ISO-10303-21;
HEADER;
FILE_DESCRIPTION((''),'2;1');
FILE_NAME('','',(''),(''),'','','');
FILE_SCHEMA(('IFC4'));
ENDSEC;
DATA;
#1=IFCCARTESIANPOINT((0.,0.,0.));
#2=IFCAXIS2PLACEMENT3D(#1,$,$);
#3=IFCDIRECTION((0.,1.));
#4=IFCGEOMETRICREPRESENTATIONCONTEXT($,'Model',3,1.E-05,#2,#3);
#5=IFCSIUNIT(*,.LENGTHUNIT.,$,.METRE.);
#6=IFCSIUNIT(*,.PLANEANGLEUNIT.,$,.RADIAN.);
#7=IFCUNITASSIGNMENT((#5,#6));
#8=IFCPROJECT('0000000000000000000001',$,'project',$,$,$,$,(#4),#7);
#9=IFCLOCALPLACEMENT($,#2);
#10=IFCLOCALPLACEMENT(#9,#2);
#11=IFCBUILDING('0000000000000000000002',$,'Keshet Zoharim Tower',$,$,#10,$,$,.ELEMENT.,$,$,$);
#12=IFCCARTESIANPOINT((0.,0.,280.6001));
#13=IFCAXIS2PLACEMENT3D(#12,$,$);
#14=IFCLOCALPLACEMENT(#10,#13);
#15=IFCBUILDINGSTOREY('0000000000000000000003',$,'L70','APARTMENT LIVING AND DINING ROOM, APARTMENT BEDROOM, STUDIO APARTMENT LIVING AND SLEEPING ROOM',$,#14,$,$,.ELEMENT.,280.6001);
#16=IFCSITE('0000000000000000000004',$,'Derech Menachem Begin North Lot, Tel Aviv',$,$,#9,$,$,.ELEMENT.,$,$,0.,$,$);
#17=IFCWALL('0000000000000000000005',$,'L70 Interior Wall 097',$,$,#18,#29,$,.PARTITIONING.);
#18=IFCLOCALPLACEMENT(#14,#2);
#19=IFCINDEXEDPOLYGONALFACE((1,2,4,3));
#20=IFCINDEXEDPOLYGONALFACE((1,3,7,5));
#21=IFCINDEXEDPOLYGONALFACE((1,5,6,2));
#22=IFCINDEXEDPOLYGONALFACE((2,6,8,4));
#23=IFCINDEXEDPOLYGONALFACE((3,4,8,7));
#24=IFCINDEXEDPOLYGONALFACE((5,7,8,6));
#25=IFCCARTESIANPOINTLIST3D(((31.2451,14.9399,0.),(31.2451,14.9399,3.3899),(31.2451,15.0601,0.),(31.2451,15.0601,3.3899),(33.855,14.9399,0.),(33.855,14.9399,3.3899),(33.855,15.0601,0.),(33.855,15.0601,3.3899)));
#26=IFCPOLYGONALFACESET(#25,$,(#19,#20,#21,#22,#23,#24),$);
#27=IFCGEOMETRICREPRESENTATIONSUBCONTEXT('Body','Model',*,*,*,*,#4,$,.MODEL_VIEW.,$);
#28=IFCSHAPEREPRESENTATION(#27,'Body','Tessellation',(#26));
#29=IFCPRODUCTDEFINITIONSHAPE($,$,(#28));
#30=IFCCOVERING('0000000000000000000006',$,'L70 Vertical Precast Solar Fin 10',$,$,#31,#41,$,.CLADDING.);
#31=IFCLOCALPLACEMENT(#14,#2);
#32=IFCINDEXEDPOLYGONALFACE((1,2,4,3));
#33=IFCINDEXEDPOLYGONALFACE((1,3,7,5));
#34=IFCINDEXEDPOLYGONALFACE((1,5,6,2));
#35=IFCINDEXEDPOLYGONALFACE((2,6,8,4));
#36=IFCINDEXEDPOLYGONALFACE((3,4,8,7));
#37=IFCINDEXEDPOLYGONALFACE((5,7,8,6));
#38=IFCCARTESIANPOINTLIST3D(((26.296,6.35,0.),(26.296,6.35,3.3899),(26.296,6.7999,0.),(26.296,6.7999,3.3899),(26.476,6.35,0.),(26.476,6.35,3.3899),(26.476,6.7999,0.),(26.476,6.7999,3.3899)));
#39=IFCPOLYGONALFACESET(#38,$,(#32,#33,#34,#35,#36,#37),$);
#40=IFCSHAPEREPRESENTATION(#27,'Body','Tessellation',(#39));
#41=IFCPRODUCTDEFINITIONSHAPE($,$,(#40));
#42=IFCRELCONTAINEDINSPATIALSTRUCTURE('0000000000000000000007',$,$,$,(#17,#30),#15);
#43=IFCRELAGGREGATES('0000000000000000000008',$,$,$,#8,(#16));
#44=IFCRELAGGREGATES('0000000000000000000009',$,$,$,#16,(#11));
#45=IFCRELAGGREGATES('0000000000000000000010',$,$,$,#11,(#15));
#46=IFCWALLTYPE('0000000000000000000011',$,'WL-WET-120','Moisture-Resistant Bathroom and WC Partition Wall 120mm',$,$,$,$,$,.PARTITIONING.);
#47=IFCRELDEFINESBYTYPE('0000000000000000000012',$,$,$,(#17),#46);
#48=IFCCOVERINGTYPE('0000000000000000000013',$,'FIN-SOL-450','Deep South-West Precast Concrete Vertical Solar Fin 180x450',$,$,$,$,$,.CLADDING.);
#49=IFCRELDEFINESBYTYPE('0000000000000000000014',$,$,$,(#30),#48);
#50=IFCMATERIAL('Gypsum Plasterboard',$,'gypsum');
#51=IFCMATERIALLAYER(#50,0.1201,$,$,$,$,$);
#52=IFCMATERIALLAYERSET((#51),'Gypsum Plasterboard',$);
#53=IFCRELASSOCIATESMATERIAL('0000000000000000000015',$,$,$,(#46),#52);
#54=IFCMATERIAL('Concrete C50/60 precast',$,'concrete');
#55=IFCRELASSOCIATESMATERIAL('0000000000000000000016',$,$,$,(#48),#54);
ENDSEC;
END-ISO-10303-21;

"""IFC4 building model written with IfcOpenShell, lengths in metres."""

from ifc_helpers import new_model, si_unit, direction, frame, frame_2d, origin, origin_2d, place, context, subcontext, project, spatial, rectangle, extrude, material, layer, layer_set, type_object, element, save


model = new_model("IFC4")

# Units and contexts
model_context = context("Model", 3, precision=1e-05, world=origin(), true_north=direction((0.0, 1.0)))
body_context = subcontext(model_context, "Body", "Model", "MODEL_VIEW")
ifc_project = project(units=[si_unit("LENGTHUNIT", "METRE"), si_unit("PLANEANGLEUNIT", "RADIAN")], contexts=[model_context])

# Site, building, storey
site_placement = place(None, origin())
site = spatial("IfcSite", under=ifc_project, at=site_placement, Name="Derech Menachem Begin North Lot, Tel Aviv", CompositionType="ELEMENT", RefElevation=0.0)
building_placement = place(site_placement, origin())
building = spatial("IfcBuilding", under=site, at=building_placement, Name="Keshet Zoharim Tower", CompositionType="ELEMENT")
storey_placement = place(building_placement, frame((0.0, 0.0, 280.6001)))
storey = spatial("IfcBuildingStorey", under=building, at=storey_placement, Name="L70", Description="APARTMENT LIVING AND DINING ROOM, APARTMENT BEDROOM, STUDIO APARTMENT LIVING AND SLEEPING ROOM", CompositionType="ELEMENT", Elevation=280.6001)

# Shared definitions
ifc_material_1 = material(Name="Gypsum Plasterboard", Category="gypsum")

# Shared definitions
ifc_layer_1 = layer(ifc_material_1, 0.1201)
ifc_layer_set_1 = layer_set([ifc_layer_1], Name="Gypsum Plasterboard")
wall_type_1 = type_object("IfcWallType", Name="WL-WET-120", Description="Moisture-Resistant Bathroom and WC Partition Wall 120mm", PredefinedType="PARTITIONING", material=ifc_layer_set_1)

# Wall
wall_1_placement = place(storey_placement, frame((31.2451, 15.0, 0.0), z_axis=(0.0, 0.0, 1.0), x_axis=(1.0, 0.0, 0.0)))
element("IfcWall", 1, at=wall_1_placement, inside=storey, type_object=wall_type_1, Name="L70 Interior Wall 097", PredefinedType="PARTITIONING", context=body_context, shape_type="SweptSolid", body=[
    extrude(rectangle(XDim=2.6099, YDim=0.1201, at=frame_2d((1.3049, 0.0))), origin(), (0.0, 0.0, 1.0), 3.3899),
])

# Covering
ifc_material_2 = material(Name="Concrete C50/60 precast", Category="concrete")
covering_type = type_object("IfcCoveringType", Name="FIN-SOL-450", Description="Deep South-West Precast Concrete Vertical Solar Fin 180x450", PredefinedType="CLADDING", material=ifc_material_2)
covering_placement = place(storey_placement, frame((26.386, 6.575, 0.0), z_axis=(0.0, 0.0, 1.0), x_axis=(-1.0, 0.0, 0.0)))
element("IfcCovering", 2, at=covering_placement, inside=storey, type_object=covering_type, Name="L70 Vertical Precast Solar Fin 10", PredefinedType="CLADDING", context=body_context, shape_type="SweptSolid", body=[
    extrude(rectangle(XDim=0.1799, YDim=0.45, at=origin_2d()), origin(), (0.0, 0.0, 1.0), 3.3899),
])

save(model, "model.ifc")
